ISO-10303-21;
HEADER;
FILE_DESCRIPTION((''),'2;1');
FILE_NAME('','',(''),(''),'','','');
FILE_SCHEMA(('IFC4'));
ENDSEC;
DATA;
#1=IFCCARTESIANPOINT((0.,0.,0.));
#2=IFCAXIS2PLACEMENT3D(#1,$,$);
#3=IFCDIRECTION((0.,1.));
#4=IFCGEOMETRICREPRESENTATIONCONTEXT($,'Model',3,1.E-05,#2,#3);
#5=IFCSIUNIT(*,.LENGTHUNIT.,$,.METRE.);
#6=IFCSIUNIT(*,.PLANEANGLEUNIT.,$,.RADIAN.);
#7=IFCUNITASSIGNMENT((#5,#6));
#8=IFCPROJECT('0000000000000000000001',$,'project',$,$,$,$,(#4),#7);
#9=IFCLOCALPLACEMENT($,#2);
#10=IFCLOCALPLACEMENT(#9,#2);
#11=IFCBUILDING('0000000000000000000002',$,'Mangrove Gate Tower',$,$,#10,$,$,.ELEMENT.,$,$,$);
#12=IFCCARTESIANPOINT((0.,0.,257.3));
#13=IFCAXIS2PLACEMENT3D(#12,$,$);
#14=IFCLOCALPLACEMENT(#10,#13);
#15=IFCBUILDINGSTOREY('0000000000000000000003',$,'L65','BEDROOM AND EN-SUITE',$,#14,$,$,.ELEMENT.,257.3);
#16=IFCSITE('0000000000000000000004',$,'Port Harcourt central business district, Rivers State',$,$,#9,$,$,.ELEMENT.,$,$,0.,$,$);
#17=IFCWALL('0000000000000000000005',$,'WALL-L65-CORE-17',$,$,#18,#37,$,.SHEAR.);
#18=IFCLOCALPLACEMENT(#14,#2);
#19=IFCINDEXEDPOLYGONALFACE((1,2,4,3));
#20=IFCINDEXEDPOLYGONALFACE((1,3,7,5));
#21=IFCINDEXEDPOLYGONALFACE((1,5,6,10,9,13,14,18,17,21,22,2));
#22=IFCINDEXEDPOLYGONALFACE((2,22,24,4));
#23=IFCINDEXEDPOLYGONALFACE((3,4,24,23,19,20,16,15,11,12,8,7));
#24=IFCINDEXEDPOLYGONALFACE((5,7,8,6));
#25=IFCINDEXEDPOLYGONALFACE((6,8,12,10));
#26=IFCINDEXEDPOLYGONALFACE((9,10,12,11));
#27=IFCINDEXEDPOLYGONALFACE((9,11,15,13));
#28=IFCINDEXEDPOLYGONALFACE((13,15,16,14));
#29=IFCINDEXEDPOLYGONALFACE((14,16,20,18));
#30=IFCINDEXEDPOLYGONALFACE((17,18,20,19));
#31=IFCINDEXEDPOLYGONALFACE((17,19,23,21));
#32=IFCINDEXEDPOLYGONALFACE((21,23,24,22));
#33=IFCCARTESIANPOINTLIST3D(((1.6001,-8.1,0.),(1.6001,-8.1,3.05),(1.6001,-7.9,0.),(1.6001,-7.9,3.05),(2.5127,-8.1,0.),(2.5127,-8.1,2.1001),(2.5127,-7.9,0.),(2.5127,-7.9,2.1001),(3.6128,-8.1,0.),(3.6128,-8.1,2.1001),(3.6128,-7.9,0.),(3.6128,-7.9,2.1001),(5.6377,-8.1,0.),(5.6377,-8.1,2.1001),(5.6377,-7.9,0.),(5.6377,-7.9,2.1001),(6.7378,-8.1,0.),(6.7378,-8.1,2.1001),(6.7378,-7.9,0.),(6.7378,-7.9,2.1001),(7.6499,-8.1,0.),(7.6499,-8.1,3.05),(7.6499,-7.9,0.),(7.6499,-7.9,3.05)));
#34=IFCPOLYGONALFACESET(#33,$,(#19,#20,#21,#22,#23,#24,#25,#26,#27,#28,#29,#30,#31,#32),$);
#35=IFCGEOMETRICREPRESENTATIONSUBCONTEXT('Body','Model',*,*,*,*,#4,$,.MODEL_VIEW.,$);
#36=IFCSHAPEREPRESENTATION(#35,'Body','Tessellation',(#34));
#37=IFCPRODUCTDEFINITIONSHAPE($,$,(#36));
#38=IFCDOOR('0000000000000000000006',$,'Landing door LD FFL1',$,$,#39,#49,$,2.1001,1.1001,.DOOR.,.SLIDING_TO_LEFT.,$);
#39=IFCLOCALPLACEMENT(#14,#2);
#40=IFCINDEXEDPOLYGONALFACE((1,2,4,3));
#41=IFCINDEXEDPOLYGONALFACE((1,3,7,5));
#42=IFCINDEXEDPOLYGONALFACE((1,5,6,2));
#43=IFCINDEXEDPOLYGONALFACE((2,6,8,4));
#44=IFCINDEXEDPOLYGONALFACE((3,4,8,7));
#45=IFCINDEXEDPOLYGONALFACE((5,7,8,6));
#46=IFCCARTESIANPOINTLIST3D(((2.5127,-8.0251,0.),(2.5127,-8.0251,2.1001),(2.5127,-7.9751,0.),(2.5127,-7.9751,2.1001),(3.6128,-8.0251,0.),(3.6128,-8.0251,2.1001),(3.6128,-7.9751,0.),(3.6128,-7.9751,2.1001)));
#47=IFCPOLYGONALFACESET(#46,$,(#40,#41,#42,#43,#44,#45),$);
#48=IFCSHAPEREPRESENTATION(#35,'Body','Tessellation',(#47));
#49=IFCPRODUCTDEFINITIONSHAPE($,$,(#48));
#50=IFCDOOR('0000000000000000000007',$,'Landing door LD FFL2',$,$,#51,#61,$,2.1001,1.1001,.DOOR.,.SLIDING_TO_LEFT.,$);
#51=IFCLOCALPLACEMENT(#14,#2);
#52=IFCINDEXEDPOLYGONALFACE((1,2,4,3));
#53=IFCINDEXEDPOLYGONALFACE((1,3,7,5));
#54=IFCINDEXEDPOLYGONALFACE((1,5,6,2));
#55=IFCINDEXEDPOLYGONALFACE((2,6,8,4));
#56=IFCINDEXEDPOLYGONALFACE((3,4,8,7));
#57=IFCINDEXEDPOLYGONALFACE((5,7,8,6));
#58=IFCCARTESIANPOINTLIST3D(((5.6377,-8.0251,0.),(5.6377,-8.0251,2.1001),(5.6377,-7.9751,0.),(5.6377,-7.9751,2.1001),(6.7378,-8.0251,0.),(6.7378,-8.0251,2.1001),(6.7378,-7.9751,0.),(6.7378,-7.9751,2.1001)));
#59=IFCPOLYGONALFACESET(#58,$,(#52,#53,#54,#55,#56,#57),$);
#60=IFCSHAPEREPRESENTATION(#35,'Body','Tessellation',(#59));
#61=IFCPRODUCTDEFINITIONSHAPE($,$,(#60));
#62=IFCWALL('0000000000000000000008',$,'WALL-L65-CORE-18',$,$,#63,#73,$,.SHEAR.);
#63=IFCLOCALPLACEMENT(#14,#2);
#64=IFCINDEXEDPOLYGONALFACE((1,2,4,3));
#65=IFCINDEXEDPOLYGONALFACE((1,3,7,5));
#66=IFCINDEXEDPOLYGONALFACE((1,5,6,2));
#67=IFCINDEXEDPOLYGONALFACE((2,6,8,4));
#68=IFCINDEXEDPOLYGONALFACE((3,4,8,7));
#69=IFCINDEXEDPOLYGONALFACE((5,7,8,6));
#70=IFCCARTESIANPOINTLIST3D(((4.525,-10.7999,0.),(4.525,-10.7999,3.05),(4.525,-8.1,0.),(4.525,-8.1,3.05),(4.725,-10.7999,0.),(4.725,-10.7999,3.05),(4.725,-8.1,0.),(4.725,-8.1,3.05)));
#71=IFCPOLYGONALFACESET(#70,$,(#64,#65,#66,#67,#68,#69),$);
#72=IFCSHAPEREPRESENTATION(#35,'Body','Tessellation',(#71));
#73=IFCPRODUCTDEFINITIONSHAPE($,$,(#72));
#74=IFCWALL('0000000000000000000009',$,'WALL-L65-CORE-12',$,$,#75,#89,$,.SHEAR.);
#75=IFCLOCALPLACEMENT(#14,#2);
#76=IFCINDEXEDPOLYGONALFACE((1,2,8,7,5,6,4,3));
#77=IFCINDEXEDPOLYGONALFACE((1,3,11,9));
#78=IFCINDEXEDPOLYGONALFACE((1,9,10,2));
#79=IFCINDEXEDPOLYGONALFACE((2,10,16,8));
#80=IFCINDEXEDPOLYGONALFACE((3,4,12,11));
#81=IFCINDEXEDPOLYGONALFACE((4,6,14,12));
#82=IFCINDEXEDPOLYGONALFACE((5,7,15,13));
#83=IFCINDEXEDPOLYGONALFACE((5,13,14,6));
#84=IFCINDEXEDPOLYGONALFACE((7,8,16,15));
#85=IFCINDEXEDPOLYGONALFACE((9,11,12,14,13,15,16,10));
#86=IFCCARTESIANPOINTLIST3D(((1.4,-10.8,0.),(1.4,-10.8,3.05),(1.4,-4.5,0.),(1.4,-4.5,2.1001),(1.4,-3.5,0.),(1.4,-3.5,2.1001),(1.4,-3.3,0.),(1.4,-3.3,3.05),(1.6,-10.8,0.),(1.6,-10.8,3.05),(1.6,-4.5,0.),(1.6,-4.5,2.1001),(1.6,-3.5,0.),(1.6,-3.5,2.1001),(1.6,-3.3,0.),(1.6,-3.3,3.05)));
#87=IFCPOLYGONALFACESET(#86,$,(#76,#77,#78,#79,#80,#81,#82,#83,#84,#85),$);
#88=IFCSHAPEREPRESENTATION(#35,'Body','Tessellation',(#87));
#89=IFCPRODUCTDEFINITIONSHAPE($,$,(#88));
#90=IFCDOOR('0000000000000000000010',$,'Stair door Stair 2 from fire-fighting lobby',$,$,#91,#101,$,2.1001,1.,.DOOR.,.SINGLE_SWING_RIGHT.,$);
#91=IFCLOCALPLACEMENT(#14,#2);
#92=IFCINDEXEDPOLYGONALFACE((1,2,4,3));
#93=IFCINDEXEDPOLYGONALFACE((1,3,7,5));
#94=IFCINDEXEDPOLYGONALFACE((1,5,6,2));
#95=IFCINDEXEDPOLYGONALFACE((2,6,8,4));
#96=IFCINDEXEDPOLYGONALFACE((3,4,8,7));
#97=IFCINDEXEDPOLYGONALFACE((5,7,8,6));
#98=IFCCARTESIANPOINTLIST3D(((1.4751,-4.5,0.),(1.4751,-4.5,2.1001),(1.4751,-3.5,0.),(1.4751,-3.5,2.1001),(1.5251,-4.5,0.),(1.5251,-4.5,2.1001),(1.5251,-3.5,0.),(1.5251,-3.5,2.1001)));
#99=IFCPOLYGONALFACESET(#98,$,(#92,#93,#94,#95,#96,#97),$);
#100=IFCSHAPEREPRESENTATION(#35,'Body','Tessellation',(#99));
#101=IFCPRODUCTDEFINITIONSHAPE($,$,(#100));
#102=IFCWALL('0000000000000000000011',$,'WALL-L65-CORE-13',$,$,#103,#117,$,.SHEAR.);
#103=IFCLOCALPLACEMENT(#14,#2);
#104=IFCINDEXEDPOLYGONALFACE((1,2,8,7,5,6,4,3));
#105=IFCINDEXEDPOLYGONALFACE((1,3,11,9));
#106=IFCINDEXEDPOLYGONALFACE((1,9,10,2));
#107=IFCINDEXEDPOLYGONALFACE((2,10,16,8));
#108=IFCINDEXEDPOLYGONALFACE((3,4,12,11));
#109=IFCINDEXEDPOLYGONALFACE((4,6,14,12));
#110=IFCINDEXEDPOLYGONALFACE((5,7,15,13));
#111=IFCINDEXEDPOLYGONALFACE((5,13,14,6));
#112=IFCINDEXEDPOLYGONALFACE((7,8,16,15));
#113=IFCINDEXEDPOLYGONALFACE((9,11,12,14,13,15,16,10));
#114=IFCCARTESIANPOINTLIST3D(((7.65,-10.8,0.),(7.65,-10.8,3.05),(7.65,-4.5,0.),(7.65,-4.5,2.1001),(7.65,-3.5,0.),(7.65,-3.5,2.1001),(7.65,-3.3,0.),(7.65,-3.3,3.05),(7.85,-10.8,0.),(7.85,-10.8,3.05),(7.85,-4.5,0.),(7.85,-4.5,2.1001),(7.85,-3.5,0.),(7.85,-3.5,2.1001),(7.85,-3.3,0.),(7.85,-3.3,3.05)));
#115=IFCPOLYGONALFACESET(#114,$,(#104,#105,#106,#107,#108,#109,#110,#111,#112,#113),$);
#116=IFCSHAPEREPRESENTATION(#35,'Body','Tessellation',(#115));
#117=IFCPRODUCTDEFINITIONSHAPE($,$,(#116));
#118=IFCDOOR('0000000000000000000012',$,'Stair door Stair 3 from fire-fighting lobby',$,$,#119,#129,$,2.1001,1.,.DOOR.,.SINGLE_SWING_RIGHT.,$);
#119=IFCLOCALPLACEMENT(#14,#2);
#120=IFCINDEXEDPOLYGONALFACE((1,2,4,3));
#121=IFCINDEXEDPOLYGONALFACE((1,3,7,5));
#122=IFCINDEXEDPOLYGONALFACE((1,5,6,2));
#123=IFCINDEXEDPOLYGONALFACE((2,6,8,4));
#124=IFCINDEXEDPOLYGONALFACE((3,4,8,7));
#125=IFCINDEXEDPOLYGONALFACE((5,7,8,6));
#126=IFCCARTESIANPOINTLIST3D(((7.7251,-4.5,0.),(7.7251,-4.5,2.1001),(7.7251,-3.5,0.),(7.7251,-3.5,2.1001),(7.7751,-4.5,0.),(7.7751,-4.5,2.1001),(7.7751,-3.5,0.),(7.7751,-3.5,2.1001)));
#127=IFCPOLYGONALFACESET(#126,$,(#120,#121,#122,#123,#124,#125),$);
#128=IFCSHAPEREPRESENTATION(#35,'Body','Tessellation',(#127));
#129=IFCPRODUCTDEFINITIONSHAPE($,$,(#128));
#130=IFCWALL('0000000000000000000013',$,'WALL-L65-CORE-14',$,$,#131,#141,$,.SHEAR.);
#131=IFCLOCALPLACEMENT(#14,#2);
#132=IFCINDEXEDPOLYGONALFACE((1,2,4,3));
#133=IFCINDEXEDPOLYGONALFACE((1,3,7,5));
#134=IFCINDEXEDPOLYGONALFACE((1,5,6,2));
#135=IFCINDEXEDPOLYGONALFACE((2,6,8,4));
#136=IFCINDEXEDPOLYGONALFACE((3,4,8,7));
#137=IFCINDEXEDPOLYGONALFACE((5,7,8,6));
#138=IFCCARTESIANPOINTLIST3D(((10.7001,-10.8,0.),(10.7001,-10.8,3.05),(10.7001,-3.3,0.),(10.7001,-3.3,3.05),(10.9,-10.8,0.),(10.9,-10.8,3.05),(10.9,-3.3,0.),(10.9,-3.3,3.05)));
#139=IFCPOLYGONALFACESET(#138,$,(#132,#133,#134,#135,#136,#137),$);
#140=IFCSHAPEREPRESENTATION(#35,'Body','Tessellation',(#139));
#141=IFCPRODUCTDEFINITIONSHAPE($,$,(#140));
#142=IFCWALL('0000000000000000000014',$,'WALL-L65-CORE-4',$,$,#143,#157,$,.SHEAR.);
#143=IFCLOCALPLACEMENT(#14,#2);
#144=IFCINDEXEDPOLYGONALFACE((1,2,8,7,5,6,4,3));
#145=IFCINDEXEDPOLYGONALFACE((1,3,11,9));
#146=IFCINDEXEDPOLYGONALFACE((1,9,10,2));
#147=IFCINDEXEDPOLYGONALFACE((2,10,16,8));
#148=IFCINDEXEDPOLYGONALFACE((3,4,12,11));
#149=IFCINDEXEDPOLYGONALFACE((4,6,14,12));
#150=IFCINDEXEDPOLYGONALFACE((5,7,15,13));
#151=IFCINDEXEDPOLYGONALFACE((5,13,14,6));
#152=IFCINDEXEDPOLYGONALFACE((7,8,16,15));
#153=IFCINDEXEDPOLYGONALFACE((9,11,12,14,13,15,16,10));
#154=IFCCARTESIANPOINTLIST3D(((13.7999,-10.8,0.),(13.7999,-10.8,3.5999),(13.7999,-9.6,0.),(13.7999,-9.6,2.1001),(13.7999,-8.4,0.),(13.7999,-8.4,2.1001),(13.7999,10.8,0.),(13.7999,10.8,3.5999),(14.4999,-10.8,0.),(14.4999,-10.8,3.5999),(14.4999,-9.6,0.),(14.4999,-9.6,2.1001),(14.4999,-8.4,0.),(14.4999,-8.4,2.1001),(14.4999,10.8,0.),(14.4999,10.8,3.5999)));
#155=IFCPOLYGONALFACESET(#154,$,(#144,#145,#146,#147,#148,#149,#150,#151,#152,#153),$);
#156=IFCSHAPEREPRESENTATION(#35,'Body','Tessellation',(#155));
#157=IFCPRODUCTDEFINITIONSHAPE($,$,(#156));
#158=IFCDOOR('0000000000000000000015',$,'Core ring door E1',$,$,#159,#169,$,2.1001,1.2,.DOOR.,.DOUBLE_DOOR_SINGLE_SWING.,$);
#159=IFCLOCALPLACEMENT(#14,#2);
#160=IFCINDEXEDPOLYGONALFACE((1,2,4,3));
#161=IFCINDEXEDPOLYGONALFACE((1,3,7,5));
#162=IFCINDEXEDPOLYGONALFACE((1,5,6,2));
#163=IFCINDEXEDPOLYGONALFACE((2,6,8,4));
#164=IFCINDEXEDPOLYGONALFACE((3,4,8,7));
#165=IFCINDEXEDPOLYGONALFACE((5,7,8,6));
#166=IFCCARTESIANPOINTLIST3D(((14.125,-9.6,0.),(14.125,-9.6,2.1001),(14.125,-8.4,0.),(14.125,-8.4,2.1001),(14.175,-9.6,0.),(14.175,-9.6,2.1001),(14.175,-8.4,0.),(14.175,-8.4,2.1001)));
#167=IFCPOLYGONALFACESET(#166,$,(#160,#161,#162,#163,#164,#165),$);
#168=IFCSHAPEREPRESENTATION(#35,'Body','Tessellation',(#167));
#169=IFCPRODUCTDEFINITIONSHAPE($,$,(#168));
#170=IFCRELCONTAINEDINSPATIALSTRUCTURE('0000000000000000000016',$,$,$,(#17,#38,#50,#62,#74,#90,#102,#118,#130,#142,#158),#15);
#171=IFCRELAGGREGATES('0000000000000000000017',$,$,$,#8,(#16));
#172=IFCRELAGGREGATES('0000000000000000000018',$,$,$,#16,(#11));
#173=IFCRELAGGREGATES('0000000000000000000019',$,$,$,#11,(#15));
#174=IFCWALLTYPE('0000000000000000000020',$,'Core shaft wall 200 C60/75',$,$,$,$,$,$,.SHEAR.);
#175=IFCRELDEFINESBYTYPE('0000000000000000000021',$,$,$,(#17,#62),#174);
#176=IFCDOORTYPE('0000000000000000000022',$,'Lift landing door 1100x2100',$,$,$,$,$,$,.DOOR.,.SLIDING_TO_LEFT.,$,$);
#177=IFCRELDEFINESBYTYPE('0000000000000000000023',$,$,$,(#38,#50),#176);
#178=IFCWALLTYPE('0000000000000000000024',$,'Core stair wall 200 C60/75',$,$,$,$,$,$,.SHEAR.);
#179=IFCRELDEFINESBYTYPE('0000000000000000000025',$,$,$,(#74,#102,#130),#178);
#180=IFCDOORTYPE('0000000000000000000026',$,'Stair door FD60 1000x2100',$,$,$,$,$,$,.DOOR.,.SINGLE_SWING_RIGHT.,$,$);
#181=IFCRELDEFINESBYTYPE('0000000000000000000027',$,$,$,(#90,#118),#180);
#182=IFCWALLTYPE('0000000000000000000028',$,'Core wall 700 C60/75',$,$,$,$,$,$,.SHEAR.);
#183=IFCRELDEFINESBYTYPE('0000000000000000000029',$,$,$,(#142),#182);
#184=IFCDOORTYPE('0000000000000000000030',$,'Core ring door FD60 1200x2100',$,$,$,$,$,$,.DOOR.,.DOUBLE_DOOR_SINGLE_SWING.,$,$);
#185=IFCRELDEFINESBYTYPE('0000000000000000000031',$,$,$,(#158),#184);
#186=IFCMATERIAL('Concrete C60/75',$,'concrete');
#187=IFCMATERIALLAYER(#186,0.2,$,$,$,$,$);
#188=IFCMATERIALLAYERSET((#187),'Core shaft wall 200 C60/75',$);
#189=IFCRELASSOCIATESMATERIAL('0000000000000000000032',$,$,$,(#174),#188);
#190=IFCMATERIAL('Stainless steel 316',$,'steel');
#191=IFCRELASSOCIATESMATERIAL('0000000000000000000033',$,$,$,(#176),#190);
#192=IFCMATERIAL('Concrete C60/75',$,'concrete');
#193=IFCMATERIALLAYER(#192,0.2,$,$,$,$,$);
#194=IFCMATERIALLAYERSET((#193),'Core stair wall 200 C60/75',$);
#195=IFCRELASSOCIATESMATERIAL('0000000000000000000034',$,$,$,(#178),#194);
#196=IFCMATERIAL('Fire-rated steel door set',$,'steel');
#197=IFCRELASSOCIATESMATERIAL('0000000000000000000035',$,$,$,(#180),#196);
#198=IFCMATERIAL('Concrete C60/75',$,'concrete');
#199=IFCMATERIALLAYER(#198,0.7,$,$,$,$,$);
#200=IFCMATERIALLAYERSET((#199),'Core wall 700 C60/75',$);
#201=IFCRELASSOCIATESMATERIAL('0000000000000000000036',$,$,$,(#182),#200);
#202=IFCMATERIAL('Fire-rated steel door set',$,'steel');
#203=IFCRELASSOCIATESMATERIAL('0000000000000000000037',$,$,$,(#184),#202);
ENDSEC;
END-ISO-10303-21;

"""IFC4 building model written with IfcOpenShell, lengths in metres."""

from ifc_helpers import new_model, si_unit, direction, frame, frame_2d, origin, place, context, subcontext, project, spatial, rectangle, extrude, material, layer, layer_set, type_object, element, fill, save


model = new_model("IFC4")

# Units and contexts
model_context = context("Model", 3, precision=1e-05, world=origin(), true_north=direction((0.0, 1.0)))
body_context = subcontext(model_context, "Body", "Model", "MODEL_VIEW")
ifc_project = project(units=[si_unit("LENGTHUNIT", "METRE"), si_unit("PLANEANGLEUNIT", "RADIAN")], contexts=[model_context])

# Site, building, storey
site_placement = place(None, origin())
site = spatial("IfcSite", under=ifc_project, at=site_placement, Name="Port Harcourt central business district, Rivers State", CompositionType="ELEMENT", RefElevation=0.0)
building_placement = place(site_placement, origin())
building = spatial("IfcBuilding", under=site, at=building_placement, Name="Mangrove Gate Tower", CompositionType="ELEMENT")
storey_placement = place(building_placement, frame((0.0, 0.0, 257.3)))
storey = spatial("IfcBuildingStorey", under=building, at=storey_placement, Name="L65", Description="BEDROOM AND EN-SUITE", CompositionType="ELEMENT", Elevation=257.3)

# Wall, openings, doors
ifc_material_1 = material(Name="Concrete C60/75", Category="concrete")
ifc_layer_1 = layer(ifc_material_1, 0.2)
ifc_layer_set_1 = layer_set([ifc_layer_1], Name="Core shaft wall 200 C60/75")
wall_type_1 = type_object("IfcWallType", Name="Core shaft wall 200 C60/75", PredefinedType="SHEAR", material=ifc_layer_set_1)
wall_1_placement = place(storey_placement, frame((1.6001, -8.0, 0.0), z_axis=(0.0, 0.0, 1.0), x_axis=(1.0, 0.0, 0.0)))
wall_1 = element("IfcWall", 1, at=wall_1_placement, inside=storey, type_object=wall_type_1, Name="WALL-L65-CORE-17", PredefinedType="SHEAR", context=body_context, shape_type="SweptSolid", body=[
    extrude(rectangle(XDim=6.0498, YDim=0.2, at=frame_2d((3.0249, 0.0))), origin(), (0.0, 0.0, 1.0), 3.05),
])
opening_1_placement = place(wall_1_placement, frame((0.9126, 0.0, 0.0)))
opening_1 = element("IfcOpeningElement", 2, at=opening_1_placement, cuts=wall_1, PredefinedType="OPENING", context=body_context, shape_type="SweptSolid", body=[
    extrude(rectangle(XDim=1.1001, YDim=2.1001, at=frame_2d((0.55, 1.05))), frame((0.0, 0.1099, 0.0), z_axis=(0.0, -1.0, 0.0), x_axis=(1.0, 0.0, 0.0)), (0.0, 0.0, 1.0), 0.22),
])
opening_2_placement = place(wall_1_placement, frame((4.0376, 0.0, 0.0)))
opening_2 = element("IfcOpeningElement", 3, at=opening_2_placement, cuts=wall_1, PredefinedType="OPENING", context=body_context, shape_type="SweptSolid", body=[
    extrude(rectangle(XDim=1.1001, YDim=2.1001, at=frame_2d((0.55, 1.05))), frame((0.0, 0.1099, 0.0), z_axis=(0.0, -1.0, 0.0), x_axis=(1.0, 0.0, 0.0)), (0.0, 0.0, 1.0), 0.22),
])
ifc_material_2 = material(Name="Stainless steel 316", Category="steel")
door_type_1 = type_object("IfcDoorType", Name="Lift landing door 1100x2100", OperationType="SLIDING_TO_LEFT", PredefinedType="DOOR", material=ifc_material_2)
door_1_placement = place(opening_1_placement, origin())
door_1 = element("IfcDoor", 4, at=door_1_placement, inside=storey, type_object=door_type_1, Name="Landing door LD FFL1", OperationType="SLIDING_TO_LEFT", OverallHeight=2.1001, OverallWidth=1.1001, PredefinedType="DOOR", context=body_context, shape_type="SweptSolid", body=[
    extrude(rectangle(XDim=1.1001, YDim=2.1001, at=frame_2d((0.55, 1.05))), frame((0.0, 0.0249, 0.0), z_axis=(0.0, -1.0, 0.0), x_axis=(1.0, 0.0, 0.0)), (0.0, 0.0, 1.0), 0.05),
])
fill(opening_1, door_1)
door_2_placement = place(opening_2_placement, origin())
door_2 = element("IfcDoor", 5, at=door_2_placement, inside=storey, type_object=door_type_1, Name="Landing door LD FFL2", OperationType="SLIDING_TO_LEFT", OverallHeight=2.1001, OverallWidth=1.1001, PredefinedType="DOOR", context=body_context, shape_type="SweptSolid", body=[
    extrude(rectangle(XDim=1.1001, YDim=2.1001, at=frame_2d((0.55, 1.05))), frame((0.0, 0.0249, 0.0), z_axis=(0.0, -1.0, 0.0), x_axis=(1.0, 0.0, 0.0)), (0.0, 0.0, 1.0), 0.05),
])
fill(opening_2, door_2)

# Wall
wall_2_placement = place(storey_placement, frame((4.625, -10.8, 0.0), z_axis=(0.0, 0.0, 1.0), x_axis=(0.0, 1.0, 0.0)))
element("IfcWall", 6, at=wall_2_placement, inside=storey, type_object=wall_type_1, Name="WALL-L65-CORE-18", PredefinedType="SHEAR", context=body_context, shape_type="SweptSolid", body=[
    extrude(rectangle(XDim=2.7, YDim=0.2, at=frame_2d((1.3501, 0.0))), origin(), (0.0, 0.0, 1.0), 3.05),
])

# Walls, openings, doors
ifc_material_3 = material(Name="Concrete C60/75", Category="concrete")
ifc_layer_2 = layer(ifc_material_3, 0.2)
ifc_layer_set_2 = layer_set([ifc_layer_2], Name="Core stair wall 200 C60/75")
wall_type_2 = type_object("IfcWallType", Name="Core stair wall 200 C60/75", PredefinedType="SHEAR", material=ifc_layer_set_2)
wall_3_placement = place(storey_placement, frame((1.5, -10.8, 0.0), z_axis=(0.0, 0.0, 1.0), x_axis=(0.0, 1.0, 0.0)))
wall_3 = element("IfcWall", 7, at=wall_3_placement, inside=storey, type_object=wall_type_2, Name="WALL-L65-CORE-12", PredefinedType="SHEAR", context=body_context, shape_type="SweptSolid", body=[
    extrude(rectangle(XDim=7.5, YDim=0.2, at=frame_2d((3.75, 0.0))), origin(), (0.0, 0.0, 1.0), 3.05),
])
opening_3_placement = place(wall_3_placement, frame((6.3, 0.0, 0.0)))
opening_3 = element("IfcOpeningElement", 8, at=opening_3_placement, cuts=wall_3, PredefinedType="OPENING", context=body_context, shape_type="SweptSolid", body=[
    extrude(rectangle(XDim=1.0, YDim=2.1001, at=frame_2d((0.5, 1.05))), frame((0.0, 0.1099, 0.0), z_axis=(0.0, -1.0, 0.0), x_axis=(1.0, 0.0, 0.0)), (0.0, 0.0, 1.0), 0.22),
])
ifc_material_4 = material(Name="Fire-rated steel door set", Category="steel")
door_type_2 = type_object("IfcDoorType", Name="Stair door FD60 1000x2100", OperationType="SINGLE_SWING_RIGHT", PredefinedType="DOOR", material=ifc_material_4)
door_3_placement = place(opening_3_placement, origin())
door_3 = element("IfcDoor", 9, at=door_3_placement, inside=storey, type_object=door_type_2, Name="Stair door Stair 2 from fire-fighting lobby", OperationType="SINGLE_SWING_RIGHT", OverallHeight=2.1001, OverallWidth=1.0, PredefinedType="DOOR", context=body_context, shape_type="SweptSolid", body=[
    extrude(rectangle(XDim=1.0, YDim=2.1001, at=frame_2d((0.5, 1.05))), frame((0.0, 0.0249, 0.0), z_axis=(0.0, -1.0, 0.0), x_axis=(1.0, 0.0, 0.0)), (0.0, 0.0, 1.0), 0.05),
])
fill(opening_3, door_3)
wall_4_placement = place(storey_placement, frame((7.75, -10.8, 0.0), z_axis=(0.0, 0.0, 1.0), x_axis=(0.0, 1.0, 0.0)))
wall_4 = element("IfcWall", 10, at=wall_4_placement, inside=storey, type_object=wall_type_2, Name="WALL-L65-CORE-13", PredefinedType="SHEAR", context=body_context, shape_type="SweptSolid", body=[
    extrude(rectangle(XDim=7.5, YDim=0.2, at=frame_2d((3.75, 0.0))), origin(), (0.0, 0.0, 1.0), 3.05),
])
opening_4_placement = place(wall_4_placement, frame((6.3, 0.0, 0.0)))
opening_4 = element("IfcOpeningElement", 11, at=opening_4_placement, cuts=wall_4, PredefinedType="OPENING", context=body_context, shape_type="SweptSolid", body=[
    extrude(rectangle(XDim=1.0, YDim=2.1001, at=frame_2d((0.5, 1.05))), frame((0.0, 0.1099, 0.0), z_axis=(0.0, -1.0, 0.0), x_axis=(1.0, 0.0, 0.0)), (0.0, 0.0, 1.0), 0.22),
])
door_4_placement = place(opening_4_placement, origin())
door_4 = element("IfcDoor", 12, at=door_4_placement, inside=storey, type_object=door_type_2, Name="Stair door Stair 3 from fire-fighting lobby", OperationType="SINGLE_SWING_RIGHT", OverallHeight=2.1001, OverallWidth=1.0, PredefinedType="DOOR", context=body_context, shape_type="SweptSolid", body=[
    extrude(rectangle(XDim=1.0, YDim=2.1001, at=frame_2d((0.5, 1.05))), frame((0.0, 0.0249, 0.0), z_axis=(0.0, -1.0, 0.0), x_axis=(1.0, 0.0, 0.0)), (0.0, 0.0, 1.0), 0.05),
])
fill(opening_4, door_4)

# Wall
wall_5_placement = place(storey_placement, frame((10.8, -10.8, 0.0), z_axis=(0.0, 0.0, 1.0), x_axis=(0.0, 1.0, 0.0)))
element("IfcWall", 13, at=wall_5_placement, inside=storey, type_object=wall_type_2, Name="WALL-L65-CORE-14", PredefinedType="SHEAR", context=body_context, shape_type="SweptSolid", body=[
    extrude(rectangle(XDim=7.5, YDim=0.2, at=frame_2d((3.75, 0.0))), origin(), (0.0, 0.0, 1.0), 3.05),
])

# Wall, opening, door
ifc_material_5 = material(Name="Concrete C60/75", Category="concrete")
ifc_layer_3 = layer(ifc_material_5, 0.7)
ifc_layer_set_3 = layer_set([ifc_layer_3], Name="Core wall 700 C60/75")
wall_type_3 = type_object("IfcWallType", Name="Core wall 700 C60/75", PredefinedType="SHEAR", material=ifc_layer_set_3)
wall_6_placement = place(storey_placement, frame((14.1499, -10.8, 0.0), z_axis=(0.0, 0.0, 1.0), x_axis=(0.0, 1.0, 0.0)))
wall_6 = element("IfcWall", 14, at=wall_6_placement, inside=storey, type_object=wall_type_3, Name="WALL-L65-CORE-4", PredefinedType="SHEAR", context=body_context, shape_type="SweptSolid", body=[
    extrude(rectangle(XDim=21.6001, YDim=0.7, at=frame_2d((10.8, 0.0))), origin(), (0.0, 0.0, 1.0), 3.5999),
])
opening_5_placement = place(wall_6_placement, frame((1.2, 0.0, 0.0)))
opening_5 = element("IfcOpeningElement", 15, at=opening_5_placement, cuts=wall_6, PredefinedType="OPENING", context=body_context, shape_type="SweptSolid", body=[
    extrude(rectangle(XDim=1.2, YDim=2.1001, at=frame_2d((0.6001, 1.05))), frame((0.0, 0.3599, 0.0), z_axis=(0.0, -1.0, 0.0), x_axis=(1.0, 0.0, 0.0)), (0.0, 0.0, 1.0), 0.72),
])
ifc_material_6 = material(Name="Fire-rated steel door set", Category="steel")
door_type_3 = type_object("IfcDoorType", Name="Core ring door FD60 1200x2100", OperationType="DOUBLE_DOOR_SINGLE_SWING", PredefinedType="DOOR", material=ifc_material_6)
door_5_placement = place(opening_5_placement, origin())
door_5 = element("IfcDoor", 16, at=door_5_placement, inside=storey, type_object=door_type_3, Name="Core ring door E1", OperationType="DOUBLE_DOOR_SINGLE_SWING", OverallHeight=2.1001, OverallWidth=1.2, PredefinedType="DOOR", context=body_context, shape_type="SweptSolid", body=[
    extrude(rectangle(XDim=1.2, YDim=2.1001, at=frame_2d((0.6001, 1.05))), frame((0.0, 0.0249, 0.0), z_axis=(0.0, -1.0, 0.0), x_axis=(1.0, 0.0, 0.0)), (0.0, 0.0, 1.0), 0.05),
])
fill(opening_5, door_5)

save(model, "model.ifc")
